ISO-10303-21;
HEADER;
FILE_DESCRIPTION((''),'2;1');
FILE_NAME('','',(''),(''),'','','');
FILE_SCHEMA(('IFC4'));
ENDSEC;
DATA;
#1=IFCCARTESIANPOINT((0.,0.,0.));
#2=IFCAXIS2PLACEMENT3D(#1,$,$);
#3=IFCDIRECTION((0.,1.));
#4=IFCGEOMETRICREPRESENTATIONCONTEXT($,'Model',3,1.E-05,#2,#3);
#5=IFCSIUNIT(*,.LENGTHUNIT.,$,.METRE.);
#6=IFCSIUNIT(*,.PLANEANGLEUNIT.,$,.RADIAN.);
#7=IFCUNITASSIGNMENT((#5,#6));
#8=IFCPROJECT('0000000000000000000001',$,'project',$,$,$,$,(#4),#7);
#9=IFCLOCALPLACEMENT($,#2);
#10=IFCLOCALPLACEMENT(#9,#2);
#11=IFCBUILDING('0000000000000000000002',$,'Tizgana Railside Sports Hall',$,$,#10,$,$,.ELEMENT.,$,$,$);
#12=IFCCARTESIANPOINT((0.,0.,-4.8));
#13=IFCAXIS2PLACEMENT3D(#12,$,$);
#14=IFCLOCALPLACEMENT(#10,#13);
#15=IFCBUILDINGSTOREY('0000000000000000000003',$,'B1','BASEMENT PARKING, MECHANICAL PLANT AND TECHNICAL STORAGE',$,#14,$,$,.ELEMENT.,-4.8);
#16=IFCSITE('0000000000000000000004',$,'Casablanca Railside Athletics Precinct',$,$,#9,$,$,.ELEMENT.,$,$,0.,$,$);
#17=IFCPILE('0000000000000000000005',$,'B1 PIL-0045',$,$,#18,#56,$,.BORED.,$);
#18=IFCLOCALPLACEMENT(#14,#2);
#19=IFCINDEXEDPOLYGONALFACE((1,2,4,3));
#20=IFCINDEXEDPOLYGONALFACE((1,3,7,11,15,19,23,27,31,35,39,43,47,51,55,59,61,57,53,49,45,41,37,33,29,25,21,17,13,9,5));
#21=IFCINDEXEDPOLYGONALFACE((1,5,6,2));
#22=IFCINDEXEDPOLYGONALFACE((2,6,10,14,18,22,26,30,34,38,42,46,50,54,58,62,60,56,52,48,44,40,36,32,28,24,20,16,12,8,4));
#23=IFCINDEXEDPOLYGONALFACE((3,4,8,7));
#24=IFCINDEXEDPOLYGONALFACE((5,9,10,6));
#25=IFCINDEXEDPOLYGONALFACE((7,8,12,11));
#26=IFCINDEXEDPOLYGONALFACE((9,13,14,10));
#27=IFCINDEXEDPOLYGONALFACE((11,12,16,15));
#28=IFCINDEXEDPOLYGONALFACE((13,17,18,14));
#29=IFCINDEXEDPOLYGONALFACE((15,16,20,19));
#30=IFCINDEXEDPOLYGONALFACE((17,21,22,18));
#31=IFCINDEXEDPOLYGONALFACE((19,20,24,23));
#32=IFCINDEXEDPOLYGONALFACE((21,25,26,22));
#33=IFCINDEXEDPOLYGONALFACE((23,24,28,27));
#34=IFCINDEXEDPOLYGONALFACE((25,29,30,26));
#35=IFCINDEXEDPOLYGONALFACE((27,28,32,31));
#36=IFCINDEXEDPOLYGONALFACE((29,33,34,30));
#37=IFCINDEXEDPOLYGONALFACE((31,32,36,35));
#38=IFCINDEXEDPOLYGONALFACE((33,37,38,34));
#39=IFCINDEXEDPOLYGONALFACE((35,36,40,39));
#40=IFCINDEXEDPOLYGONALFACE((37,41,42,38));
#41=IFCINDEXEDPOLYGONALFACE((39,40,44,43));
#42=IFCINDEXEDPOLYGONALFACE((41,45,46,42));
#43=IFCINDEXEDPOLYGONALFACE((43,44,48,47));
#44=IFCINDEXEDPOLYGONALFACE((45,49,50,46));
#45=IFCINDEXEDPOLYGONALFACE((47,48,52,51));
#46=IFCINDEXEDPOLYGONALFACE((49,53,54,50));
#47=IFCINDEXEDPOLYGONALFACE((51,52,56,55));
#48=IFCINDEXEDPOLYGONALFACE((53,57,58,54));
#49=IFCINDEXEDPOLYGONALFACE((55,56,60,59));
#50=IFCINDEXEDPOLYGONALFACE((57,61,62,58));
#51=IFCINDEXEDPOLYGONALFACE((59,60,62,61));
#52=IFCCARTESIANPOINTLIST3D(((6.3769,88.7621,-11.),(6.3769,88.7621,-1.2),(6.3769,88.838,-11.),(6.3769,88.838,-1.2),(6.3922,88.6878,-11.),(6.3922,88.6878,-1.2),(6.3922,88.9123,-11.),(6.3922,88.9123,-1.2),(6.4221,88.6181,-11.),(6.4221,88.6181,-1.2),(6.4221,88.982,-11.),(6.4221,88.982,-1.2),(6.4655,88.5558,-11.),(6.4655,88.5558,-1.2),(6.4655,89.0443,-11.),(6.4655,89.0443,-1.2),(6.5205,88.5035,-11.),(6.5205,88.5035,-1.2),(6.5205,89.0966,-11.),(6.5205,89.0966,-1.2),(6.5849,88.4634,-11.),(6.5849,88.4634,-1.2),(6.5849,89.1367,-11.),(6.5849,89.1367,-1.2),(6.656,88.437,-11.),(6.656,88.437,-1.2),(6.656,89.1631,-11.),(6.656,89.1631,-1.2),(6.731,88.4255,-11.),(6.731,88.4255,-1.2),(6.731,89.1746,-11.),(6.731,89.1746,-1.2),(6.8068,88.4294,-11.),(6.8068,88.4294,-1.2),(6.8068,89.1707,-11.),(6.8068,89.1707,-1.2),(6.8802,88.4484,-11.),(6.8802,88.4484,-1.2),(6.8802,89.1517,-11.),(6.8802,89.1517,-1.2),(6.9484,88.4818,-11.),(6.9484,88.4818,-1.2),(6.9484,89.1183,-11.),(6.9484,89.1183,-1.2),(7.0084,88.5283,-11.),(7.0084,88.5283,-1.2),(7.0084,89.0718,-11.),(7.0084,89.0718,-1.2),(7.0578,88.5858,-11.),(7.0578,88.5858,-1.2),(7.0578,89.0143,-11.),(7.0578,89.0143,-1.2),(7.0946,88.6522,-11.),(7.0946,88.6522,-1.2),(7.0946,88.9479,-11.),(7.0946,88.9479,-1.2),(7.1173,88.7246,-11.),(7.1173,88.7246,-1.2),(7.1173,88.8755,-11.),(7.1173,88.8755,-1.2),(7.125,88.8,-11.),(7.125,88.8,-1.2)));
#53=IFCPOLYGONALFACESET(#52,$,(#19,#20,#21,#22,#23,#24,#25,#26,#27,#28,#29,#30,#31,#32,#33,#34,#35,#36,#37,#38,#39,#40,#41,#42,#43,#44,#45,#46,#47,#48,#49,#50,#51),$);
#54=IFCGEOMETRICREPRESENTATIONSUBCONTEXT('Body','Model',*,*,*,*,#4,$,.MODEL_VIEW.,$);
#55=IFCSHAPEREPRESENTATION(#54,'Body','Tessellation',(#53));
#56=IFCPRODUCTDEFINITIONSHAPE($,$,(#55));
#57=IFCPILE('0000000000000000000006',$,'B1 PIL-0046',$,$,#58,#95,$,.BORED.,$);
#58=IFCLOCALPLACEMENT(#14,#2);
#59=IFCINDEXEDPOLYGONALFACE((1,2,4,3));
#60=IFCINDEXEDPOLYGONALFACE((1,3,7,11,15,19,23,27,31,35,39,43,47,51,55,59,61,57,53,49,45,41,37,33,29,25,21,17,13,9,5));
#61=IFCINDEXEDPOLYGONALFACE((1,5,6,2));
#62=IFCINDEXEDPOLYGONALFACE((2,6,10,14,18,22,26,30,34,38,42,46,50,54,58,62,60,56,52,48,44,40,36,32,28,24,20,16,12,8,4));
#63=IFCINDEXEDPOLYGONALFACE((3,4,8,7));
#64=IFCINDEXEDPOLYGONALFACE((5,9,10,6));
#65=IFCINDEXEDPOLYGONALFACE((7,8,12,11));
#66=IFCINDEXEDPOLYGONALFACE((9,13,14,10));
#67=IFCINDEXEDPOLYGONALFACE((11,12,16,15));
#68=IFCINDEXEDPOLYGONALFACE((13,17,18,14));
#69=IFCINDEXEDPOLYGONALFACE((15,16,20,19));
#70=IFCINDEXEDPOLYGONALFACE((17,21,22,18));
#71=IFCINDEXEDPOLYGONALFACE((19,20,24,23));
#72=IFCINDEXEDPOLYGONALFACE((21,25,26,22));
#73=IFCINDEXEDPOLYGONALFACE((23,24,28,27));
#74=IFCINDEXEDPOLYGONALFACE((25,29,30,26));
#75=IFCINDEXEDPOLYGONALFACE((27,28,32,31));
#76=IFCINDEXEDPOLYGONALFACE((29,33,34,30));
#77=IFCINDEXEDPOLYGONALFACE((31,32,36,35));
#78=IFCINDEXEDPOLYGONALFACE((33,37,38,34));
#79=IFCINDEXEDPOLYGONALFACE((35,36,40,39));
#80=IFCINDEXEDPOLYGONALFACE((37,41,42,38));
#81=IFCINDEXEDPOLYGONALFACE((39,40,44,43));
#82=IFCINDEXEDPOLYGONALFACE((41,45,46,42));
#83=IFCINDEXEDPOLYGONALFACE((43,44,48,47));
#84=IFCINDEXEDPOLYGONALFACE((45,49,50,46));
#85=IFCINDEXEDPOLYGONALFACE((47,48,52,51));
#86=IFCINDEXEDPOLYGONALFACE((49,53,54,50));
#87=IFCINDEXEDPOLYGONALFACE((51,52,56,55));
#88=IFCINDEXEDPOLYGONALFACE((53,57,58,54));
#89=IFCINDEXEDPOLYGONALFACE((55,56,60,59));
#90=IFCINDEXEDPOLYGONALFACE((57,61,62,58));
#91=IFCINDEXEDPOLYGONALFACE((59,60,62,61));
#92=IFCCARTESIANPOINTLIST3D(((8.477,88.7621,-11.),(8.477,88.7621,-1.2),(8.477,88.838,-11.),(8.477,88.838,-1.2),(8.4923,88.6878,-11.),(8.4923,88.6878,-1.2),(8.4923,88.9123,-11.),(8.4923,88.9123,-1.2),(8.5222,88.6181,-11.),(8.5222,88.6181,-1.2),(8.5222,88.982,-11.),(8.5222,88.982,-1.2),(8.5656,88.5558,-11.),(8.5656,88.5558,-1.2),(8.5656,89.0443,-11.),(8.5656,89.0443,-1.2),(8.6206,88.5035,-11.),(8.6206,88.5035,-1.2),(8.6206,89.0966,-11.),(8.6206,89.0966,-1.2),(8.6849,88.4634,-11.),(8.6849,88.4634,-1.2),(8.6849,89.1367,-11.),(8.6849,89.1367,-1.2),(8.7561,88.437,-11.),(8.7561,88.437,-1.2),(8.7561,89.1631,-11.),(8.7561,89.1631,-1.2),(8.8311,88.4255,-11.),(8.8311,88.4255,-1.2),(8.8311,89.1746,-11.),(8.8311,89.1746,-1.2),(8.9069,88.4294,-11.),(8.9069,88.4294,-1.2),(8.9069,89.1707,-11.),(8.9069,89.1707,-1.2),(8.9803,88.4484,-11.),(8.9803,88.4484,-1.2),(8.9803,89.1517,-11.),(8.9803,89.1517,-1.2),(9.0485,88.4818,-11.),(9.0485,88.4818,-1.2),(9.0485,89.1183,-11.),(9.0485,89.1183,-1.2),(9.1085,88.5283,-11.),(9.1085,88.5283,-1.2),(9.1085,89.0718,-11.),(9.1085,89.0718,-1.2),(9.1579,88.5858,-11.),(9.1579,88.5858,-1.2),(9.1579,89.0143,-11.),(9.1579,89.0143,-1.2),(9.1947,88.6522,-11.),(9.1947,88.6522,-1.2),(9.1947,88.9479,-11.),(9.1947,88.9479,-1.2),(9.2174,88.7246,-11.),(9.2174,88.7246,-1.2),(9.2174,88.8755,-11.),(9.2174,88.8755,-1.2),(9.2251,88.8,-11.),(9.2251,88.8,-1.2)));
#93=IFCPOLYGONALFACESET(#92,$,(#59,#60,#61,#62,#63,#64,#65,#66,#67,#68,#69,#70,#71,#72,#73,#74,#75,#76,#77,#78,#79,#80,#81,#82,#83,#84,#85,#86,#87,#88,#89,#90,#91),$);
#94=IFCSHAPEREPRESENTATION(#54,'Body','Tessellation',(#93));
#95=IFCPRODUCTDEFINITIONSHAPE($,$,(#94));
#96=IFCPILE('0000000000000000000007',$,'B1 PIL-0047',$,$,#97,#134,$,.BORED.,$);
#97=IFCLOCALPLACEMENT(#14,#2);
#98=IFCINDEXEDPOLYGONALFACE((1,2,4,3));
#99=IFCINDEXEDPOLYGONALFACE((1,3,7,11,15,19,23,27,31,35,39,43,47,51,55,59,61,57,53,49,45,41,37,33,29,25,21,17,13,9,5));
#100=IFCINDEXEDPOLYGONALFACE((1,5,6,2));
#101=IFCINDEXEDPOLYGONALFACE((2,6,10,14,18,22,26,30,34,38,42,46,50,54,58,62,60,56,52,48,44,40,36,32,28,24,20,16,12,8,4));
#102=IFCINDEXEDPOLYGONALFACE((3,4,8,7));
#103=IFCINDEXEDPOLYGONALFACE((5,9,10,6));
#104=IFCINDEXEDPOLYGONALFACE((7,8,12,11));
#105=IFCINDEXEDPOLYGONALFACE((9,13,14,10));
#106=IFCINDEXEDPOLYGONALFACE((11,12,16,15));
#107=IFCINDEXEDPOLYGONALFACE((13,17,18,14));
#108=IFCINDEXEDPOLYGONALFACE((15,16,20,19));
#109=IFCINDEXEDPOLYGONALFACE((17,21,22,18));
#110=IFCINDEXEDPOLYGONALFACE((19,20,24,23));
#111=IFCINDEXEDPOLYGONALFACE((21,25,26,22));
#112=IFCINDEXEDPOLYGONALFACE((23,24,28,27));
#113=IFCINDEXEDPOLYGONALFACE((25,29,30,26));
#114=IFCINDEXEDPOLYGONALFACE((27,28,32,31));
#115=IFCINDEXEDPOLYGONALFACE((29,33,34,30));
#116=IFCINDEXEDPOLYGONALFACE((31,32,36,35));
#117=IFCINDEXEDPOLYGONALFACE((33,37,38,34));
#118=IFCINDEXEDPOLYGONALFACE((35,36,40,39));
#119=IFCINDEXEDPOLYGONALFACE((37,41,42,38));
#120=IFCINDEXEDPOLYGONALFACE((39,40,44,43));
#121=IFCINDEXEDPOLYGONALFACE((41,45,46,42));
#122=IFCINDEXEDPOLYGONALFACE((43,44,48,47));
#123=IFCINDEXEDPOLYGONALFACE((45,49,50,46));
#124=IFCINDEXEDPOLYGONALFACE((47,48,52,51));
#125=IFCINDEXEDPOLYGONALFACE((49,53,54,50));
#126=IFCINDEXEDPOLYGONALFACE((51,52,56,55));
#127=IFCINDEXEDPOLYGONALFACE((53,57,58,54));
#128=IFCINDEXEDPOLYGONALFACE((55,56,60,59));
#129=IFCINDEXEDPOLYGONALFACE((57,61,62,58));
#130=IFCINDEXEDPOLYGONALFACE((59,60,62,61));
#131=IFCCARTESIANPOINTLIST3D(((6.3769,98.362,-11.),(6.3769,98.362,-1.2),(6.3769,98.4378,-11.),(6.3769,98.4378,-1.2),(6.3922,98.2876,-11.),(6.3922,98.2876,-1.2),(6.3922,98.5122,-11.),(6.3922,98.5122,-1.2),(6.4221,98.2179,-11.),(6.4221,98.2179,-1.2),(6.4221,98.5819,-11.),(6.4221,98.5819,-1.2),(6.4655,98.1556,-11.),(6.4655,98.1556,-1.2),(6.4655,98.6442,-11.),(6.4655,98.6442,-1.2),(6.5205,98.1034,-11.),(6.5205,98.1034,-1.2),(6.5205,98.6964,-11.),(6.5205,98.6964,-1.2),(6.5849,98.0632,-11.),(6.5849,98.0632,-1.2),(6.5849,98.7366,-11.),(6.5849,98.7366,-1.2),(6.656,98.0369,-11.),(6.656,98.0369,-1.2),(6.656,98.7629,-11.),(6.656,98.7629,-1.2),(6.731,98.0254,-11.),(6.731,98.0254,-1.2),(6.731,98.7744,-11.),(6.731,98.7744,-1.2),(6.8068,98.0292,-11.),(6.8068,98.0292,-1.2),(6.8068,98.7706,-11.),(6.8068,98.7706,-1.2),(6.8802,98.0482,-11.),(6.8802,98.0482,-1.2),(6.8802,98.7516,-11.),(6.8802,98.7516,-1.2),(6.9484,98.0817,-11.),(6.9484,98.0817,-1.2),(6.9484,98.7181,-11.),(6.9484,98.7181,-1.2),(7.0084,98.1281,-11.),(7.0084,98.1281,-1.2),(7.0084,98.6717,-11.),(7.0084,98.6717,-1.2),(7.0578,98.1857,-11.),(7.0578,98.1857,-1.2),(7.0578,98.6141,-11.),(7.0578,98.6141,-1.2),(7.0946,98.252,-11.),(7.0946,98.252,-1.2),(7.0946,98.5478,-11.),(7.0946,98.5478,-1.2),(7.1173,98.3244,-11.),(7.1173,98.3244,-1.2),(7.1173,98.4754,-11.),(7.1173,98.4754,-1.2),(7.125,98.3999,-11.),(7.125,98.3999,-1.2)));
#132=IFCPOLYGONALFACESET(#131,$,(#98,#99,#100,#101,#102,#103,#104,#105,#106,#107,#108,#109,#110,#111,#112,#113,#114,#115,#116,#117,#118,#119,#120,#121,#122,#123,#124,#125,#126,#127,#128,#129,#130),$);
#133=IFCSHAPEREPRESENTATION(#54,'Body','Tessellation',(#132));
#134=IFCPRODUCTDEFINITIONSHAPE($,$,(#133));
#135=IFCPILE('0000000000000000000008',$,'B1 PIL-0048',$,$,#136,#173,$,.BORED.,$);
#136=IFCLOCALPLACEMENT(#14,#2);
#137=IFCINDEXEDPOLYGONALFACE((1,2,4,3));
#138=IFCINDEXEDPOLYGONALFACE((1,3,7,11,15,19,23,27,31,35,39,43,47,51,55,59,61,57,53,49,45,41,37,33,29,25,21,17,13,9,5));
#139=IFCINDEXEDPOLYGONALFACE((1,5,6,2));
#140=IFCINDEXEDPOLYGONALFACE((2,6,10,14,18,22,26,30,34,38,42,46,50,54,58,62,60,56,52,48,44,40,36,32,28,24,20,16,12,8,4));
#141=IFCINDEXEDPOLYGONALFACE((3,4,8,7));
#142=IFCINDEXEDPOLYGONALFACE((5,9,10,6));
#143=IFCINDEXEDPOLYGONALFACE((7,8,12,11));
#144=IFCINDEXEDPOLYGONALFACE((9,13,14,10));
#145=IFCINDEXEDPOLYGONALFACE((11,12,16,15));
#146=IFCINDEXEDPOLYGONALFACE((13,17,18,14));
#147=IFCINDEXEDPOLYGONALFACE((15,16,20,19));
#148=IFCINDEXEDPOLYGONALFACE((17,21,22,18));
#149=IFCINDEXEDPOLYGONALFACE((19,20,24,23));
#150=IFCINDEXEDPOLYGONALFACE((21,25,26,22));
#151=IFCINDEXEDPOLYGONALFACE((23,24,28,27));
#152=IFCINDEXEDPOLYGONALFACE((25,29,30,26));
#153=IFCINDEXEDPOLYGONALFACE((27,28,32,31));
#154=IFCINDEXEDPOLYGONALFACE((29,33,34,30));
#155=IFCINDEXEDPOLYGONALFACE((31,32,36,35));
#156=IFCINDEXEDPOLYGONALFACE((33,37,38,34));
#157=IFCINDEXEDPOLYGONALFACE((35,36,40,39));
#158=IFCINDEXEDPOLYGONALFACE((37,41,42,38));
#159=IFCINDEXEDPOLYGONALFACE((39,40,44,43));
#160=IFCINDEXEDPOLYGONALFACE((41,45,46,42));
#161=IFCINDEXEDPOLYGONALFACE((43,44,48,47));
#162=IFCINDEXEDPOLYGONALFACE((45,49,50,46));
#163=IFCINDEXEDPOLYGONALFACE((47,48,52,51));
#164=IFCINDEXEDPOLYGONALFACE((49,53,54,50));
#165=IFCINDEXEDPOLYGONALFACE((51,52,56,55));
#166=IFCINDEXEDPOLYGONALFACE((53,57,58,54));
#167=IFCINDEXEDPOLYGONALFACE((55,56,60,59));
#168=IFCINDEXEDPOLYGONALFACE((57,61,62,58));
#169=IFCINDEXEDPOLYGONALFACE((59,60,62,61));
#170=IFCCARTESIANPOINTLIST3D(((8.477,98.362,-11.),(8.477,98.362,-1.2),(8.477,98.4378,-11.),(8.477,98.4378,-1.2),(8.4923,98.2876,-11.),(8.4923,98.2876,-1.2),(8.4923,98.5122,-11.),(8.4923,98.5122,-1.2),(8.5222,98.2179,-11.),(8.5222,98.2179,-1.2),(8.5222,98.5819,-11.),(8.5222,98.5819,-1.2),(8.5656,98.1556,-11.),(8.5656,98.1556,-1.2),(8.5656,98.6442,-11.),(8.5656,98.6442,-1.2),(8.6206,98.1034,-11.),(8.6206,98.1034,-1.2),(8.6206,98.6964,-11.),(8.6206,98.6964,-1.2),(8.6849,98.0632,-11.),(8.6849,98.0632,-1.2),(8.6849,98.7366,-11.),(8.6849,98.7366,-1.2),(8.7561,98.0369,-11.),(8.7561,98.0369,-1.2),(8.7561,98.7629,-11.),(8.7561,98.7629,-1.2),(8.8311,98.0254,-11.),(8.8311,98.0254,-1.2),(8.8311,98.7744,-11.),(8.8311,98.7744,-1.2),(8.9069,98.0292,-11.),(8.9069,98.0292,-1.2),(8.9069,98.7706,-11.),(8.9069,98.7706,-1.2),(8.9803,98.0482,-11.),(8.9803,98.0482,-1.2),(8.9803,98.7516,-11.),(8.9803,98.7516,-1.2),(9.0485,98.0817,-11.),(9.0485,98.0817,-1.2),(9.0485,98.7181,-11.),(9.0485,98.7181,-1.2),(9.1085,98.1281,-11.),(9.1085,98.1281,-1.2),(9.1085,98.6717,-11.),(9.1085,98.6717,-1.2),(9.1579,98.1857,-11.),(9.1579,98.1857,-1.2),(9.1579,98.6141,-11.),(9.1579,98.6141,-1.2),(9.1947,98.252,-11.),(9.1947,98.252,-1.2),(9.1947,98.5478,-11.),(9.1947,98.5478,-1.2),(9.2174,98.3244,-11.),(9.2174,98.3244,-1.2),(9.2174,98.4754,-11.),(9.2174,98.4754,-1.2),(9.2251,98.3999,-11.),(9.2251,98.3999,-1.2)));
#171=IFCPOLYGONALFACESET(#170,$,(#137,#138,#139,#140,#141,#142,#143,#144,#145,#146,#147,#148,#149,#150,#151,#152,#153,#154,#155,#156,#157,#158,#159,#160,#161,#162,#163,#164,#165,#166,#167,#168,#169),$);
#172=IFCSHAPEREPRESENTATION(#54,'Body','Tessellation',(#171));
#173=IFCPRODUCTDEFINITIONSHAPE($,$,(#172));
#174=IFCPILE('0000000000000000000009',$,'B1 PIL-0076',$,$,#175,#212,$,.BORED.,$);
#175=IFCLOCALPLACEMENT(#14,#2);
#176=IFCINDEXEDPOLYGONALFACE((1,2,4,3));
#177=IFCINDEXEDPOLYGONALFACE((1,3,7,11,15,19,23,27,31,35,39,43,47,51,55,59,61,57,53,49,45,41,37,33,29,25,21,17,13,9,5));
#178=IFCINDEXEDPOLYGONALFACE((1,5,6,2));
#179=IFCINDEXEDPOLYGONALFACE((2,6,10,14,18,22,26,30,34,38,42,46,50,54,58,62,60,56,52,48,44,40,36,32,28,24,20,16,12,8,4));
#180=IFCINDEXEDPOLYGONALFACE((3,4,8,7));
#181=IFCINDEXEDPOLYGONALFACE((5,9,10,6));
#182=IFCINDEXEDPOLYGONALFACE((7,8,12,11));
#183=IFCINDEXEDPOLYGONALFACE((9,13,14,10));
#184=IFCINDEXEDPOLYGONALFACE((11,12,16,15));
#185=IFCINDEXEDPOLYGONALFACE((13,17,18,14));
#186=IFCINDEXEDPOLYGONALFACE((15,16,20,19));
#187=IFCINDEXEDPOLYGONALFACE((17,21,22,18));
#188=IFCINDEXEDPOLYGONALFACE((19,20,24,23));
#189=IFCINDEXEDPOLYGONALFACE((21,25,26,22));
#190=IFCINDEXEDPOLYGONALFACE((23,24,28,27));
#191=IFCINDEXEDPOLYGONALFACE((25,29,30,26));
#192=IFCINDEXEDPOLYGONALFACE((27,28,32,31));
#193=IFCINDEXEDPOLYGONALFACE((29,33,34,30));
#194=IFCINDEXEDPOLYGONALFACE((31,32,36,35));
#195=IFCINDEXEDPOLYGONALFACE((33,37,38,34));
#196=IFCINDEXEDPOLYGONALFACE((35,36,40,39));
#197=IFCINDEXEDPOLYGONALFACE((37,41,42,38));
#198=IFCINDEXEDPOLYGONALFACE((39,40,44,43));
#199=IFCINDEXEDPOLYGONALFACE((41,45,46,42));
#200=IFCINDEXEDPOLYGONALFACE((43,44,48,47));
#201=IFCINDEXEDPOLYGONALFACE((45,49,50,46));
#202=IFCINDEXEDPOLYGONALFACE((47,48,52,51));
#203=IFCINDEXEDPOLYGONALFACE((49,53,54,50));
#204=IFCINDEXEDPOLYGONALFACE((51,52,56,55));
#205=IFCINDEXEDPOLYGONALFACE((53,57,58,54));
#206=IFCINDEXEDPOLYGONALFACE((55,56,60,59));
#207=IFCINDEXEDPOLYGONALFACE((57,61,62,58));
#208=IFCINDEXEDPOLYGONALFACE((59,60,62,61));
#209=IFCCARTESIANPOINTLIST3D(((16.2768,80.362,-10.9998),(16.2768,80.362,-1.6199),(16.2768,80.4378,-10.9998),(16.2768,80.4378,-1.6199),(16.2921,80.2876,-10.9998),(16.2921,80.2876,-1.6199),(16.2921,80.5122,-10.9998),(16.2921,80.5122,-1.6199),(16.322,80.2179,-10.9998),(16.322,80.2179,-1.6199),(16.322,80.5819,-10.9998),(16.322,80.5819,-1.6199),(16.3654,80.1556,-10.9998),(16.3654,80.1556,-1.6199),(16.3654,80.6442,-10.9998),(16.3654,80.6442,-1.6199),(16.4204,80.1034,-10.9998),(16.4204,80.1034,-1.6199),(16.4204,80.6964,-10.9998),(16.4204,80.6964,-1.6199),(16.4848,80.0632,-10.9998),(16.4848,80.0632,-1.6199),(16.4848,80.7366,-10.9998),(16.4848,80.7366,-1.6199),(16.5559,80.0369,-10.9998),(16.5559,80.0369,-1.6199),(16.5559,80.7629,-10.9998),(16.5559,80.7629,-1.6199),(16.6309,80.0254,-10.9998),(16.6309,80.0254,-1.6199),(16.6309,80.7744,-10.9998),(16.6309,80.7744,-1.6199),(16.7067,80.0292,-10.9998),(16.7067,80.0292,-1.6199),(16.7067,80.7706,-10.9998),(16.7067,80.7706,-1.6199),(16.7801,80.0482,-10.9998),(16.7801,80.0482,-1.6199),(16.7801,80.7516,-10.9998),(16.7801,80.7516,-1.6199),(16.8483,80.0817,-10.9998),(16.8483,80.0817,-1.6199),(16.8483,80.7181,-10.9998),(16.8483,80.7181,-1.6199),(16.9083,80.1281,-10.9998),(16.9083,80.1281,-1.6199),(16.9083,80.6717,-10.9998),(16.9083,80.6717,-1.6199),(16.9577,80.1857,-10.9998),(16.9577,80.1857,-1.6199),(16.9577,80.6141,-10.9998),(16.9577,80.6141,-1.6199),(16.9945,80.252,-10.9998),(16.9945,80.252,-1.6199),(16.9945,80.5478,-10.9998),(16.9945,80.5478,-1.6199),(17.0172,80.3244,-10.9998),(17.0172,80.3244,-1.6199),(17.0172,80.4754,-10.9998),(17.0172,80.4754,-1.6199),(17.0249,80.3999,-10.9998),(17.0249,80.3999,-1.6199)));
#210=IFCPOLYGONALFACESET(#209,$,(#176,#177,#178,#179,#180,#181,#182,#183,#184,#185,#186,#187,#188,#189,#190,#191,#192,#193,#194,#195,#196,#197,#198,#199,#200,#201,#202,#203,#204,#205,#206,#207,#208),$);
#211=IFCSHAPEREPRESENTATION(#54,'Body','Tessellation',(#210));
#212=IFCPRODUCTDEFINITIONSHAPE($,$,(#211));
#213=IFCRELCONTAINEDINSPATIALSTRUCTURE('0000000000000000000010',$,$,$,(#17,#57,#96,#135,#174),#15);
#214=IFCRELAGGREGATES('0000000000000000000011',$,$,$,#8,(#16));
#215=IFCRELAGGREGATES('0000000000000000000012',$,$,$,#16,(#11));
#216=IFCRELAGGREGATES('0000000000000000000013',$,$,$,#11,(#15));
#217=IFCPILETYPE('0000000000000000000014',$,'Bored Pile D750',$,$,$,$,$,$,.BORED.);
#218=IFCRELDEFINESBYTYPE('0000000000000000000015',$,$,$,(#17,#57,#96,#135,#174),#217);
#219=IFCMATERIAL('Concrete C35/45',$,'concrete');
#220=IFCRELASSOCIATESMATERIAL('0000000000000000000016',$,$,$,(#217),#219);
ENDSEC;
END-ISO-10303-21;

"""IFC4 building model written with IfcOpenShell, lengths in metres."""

from ifc_helpers import new_model, si_unit, direction, frame, origin, origin_2d, place, context, subcontext, project, spatial, circle, extrude, material, material_profile, profile_set, type_object, element, save


model = new_model("IFC4")

# Units and contexts
model_context = context("Model", 3, precision=1e-05, world=origin(), true_north=direction((0.0, 1.0)))
body_context = subcontext(model_context, "Body", "Model", "MODEL_VIEW")
ifc_project = project(units=[si_unit("LENGTHUNIT", "METRE"), si_unit("PLANEANGLEUNIT", "RADIAN")], contexts=[model_context])

# Site, building, storey
site_placement = place(None, origin())
site = spatial("IfcSite", under=ifc_project, at=site_placement, Name="Casablanca Railside Athletics Precinct", CompositionType="ELEMENT", RefElevation=0.0)
building_placement = place(site_placement, origin())
building = spatial("IfcBuilding", under=site, at=building_placement, Name="Tizgana Railside Sports Hall", CompositionType="ELEMENT")
storey_placement = place(building_placement, frame((0.0, 0.0, -4.8)))
storey = spatial("IfcBuildingStorey", under=building, at=storey_placement, Name="B1", Description="BASEMENT PARKING, MECHANICAL PLANT AND TECHNICAL STORAGE", CompositionType="ELEMENT", Elevation=-4.8)

# Piles
ifc_material_1 = material(Name="Concrete C35/45", Category="concrete")
ifc_material_profile_1 = material_profile(ifc_material_1, circle(Radius=0.375, at=origin_2d()), Name="PILE D750")
ifc_profile_set_1 = profile_set([ifc_material_profile_1], Name="Concrete C35/45")
pile_type = type_object("IfcPileType", Name="Bored Pile D750", PredefinedType="BORED", material=ifc_profile_set_1)
for number, where, z_axis, x_axis, name in (
    (1, (6.75, 88.8, -1.2), (0.0, 0.0, -1.0), (1.0, 0.0, 0.0), "B1 PIL-0045"),
    (2, (8.8501, 88.8, -1.2), (0.0, 0.0, -1.0), (1.0, 0.0, 0.0), "B1 PIL-0046"),
    (3, (6.75, 98.3999, -1.2), (0.0, 0.0, -1.0), (1.0, 0.0, 0.0), "B1 PIL-0047"),
    (4, (8.8501, 98.3999, -1.2), (0.0, 0.0, -1.0), (1.0, 0.0, 0.0), "B1 PIL-0048"),
):
    element("IfcPile", number, at=place(storey_placement, frame(where, z_axis=z_axis, x_axis=x_axis)), inside=storey, type_object=pile_type, Name=name, PredefinedType="BORED", context=body_context, shape_type="SweptSolid", body=[
        extrude(circle(Radius=0.375, at=origin_2d()), origin(), (0.0, 0.0, 1.0), 9.8),
    ])
pile_placement = place(storey_placement, frame((16.6499, 80.3999, -1.6199), z_axis=(0.0, 0.0, -1.0), x_axis=(1.0, 0.0, 0.0)))
element("IfcPile", 5, at=pile_placement, inside=storey, type_object=pile_type, Name="B1 PIL-0076", PredefinedType="BORED", context=body_context, shape_type="SweptSolid", body=[
    extrude(circle(Radius=0.375, at=origin_2d()), origin(), (0.0, 0.0, 1.0), 9.3799),
])

save(model, "model.ifc")
